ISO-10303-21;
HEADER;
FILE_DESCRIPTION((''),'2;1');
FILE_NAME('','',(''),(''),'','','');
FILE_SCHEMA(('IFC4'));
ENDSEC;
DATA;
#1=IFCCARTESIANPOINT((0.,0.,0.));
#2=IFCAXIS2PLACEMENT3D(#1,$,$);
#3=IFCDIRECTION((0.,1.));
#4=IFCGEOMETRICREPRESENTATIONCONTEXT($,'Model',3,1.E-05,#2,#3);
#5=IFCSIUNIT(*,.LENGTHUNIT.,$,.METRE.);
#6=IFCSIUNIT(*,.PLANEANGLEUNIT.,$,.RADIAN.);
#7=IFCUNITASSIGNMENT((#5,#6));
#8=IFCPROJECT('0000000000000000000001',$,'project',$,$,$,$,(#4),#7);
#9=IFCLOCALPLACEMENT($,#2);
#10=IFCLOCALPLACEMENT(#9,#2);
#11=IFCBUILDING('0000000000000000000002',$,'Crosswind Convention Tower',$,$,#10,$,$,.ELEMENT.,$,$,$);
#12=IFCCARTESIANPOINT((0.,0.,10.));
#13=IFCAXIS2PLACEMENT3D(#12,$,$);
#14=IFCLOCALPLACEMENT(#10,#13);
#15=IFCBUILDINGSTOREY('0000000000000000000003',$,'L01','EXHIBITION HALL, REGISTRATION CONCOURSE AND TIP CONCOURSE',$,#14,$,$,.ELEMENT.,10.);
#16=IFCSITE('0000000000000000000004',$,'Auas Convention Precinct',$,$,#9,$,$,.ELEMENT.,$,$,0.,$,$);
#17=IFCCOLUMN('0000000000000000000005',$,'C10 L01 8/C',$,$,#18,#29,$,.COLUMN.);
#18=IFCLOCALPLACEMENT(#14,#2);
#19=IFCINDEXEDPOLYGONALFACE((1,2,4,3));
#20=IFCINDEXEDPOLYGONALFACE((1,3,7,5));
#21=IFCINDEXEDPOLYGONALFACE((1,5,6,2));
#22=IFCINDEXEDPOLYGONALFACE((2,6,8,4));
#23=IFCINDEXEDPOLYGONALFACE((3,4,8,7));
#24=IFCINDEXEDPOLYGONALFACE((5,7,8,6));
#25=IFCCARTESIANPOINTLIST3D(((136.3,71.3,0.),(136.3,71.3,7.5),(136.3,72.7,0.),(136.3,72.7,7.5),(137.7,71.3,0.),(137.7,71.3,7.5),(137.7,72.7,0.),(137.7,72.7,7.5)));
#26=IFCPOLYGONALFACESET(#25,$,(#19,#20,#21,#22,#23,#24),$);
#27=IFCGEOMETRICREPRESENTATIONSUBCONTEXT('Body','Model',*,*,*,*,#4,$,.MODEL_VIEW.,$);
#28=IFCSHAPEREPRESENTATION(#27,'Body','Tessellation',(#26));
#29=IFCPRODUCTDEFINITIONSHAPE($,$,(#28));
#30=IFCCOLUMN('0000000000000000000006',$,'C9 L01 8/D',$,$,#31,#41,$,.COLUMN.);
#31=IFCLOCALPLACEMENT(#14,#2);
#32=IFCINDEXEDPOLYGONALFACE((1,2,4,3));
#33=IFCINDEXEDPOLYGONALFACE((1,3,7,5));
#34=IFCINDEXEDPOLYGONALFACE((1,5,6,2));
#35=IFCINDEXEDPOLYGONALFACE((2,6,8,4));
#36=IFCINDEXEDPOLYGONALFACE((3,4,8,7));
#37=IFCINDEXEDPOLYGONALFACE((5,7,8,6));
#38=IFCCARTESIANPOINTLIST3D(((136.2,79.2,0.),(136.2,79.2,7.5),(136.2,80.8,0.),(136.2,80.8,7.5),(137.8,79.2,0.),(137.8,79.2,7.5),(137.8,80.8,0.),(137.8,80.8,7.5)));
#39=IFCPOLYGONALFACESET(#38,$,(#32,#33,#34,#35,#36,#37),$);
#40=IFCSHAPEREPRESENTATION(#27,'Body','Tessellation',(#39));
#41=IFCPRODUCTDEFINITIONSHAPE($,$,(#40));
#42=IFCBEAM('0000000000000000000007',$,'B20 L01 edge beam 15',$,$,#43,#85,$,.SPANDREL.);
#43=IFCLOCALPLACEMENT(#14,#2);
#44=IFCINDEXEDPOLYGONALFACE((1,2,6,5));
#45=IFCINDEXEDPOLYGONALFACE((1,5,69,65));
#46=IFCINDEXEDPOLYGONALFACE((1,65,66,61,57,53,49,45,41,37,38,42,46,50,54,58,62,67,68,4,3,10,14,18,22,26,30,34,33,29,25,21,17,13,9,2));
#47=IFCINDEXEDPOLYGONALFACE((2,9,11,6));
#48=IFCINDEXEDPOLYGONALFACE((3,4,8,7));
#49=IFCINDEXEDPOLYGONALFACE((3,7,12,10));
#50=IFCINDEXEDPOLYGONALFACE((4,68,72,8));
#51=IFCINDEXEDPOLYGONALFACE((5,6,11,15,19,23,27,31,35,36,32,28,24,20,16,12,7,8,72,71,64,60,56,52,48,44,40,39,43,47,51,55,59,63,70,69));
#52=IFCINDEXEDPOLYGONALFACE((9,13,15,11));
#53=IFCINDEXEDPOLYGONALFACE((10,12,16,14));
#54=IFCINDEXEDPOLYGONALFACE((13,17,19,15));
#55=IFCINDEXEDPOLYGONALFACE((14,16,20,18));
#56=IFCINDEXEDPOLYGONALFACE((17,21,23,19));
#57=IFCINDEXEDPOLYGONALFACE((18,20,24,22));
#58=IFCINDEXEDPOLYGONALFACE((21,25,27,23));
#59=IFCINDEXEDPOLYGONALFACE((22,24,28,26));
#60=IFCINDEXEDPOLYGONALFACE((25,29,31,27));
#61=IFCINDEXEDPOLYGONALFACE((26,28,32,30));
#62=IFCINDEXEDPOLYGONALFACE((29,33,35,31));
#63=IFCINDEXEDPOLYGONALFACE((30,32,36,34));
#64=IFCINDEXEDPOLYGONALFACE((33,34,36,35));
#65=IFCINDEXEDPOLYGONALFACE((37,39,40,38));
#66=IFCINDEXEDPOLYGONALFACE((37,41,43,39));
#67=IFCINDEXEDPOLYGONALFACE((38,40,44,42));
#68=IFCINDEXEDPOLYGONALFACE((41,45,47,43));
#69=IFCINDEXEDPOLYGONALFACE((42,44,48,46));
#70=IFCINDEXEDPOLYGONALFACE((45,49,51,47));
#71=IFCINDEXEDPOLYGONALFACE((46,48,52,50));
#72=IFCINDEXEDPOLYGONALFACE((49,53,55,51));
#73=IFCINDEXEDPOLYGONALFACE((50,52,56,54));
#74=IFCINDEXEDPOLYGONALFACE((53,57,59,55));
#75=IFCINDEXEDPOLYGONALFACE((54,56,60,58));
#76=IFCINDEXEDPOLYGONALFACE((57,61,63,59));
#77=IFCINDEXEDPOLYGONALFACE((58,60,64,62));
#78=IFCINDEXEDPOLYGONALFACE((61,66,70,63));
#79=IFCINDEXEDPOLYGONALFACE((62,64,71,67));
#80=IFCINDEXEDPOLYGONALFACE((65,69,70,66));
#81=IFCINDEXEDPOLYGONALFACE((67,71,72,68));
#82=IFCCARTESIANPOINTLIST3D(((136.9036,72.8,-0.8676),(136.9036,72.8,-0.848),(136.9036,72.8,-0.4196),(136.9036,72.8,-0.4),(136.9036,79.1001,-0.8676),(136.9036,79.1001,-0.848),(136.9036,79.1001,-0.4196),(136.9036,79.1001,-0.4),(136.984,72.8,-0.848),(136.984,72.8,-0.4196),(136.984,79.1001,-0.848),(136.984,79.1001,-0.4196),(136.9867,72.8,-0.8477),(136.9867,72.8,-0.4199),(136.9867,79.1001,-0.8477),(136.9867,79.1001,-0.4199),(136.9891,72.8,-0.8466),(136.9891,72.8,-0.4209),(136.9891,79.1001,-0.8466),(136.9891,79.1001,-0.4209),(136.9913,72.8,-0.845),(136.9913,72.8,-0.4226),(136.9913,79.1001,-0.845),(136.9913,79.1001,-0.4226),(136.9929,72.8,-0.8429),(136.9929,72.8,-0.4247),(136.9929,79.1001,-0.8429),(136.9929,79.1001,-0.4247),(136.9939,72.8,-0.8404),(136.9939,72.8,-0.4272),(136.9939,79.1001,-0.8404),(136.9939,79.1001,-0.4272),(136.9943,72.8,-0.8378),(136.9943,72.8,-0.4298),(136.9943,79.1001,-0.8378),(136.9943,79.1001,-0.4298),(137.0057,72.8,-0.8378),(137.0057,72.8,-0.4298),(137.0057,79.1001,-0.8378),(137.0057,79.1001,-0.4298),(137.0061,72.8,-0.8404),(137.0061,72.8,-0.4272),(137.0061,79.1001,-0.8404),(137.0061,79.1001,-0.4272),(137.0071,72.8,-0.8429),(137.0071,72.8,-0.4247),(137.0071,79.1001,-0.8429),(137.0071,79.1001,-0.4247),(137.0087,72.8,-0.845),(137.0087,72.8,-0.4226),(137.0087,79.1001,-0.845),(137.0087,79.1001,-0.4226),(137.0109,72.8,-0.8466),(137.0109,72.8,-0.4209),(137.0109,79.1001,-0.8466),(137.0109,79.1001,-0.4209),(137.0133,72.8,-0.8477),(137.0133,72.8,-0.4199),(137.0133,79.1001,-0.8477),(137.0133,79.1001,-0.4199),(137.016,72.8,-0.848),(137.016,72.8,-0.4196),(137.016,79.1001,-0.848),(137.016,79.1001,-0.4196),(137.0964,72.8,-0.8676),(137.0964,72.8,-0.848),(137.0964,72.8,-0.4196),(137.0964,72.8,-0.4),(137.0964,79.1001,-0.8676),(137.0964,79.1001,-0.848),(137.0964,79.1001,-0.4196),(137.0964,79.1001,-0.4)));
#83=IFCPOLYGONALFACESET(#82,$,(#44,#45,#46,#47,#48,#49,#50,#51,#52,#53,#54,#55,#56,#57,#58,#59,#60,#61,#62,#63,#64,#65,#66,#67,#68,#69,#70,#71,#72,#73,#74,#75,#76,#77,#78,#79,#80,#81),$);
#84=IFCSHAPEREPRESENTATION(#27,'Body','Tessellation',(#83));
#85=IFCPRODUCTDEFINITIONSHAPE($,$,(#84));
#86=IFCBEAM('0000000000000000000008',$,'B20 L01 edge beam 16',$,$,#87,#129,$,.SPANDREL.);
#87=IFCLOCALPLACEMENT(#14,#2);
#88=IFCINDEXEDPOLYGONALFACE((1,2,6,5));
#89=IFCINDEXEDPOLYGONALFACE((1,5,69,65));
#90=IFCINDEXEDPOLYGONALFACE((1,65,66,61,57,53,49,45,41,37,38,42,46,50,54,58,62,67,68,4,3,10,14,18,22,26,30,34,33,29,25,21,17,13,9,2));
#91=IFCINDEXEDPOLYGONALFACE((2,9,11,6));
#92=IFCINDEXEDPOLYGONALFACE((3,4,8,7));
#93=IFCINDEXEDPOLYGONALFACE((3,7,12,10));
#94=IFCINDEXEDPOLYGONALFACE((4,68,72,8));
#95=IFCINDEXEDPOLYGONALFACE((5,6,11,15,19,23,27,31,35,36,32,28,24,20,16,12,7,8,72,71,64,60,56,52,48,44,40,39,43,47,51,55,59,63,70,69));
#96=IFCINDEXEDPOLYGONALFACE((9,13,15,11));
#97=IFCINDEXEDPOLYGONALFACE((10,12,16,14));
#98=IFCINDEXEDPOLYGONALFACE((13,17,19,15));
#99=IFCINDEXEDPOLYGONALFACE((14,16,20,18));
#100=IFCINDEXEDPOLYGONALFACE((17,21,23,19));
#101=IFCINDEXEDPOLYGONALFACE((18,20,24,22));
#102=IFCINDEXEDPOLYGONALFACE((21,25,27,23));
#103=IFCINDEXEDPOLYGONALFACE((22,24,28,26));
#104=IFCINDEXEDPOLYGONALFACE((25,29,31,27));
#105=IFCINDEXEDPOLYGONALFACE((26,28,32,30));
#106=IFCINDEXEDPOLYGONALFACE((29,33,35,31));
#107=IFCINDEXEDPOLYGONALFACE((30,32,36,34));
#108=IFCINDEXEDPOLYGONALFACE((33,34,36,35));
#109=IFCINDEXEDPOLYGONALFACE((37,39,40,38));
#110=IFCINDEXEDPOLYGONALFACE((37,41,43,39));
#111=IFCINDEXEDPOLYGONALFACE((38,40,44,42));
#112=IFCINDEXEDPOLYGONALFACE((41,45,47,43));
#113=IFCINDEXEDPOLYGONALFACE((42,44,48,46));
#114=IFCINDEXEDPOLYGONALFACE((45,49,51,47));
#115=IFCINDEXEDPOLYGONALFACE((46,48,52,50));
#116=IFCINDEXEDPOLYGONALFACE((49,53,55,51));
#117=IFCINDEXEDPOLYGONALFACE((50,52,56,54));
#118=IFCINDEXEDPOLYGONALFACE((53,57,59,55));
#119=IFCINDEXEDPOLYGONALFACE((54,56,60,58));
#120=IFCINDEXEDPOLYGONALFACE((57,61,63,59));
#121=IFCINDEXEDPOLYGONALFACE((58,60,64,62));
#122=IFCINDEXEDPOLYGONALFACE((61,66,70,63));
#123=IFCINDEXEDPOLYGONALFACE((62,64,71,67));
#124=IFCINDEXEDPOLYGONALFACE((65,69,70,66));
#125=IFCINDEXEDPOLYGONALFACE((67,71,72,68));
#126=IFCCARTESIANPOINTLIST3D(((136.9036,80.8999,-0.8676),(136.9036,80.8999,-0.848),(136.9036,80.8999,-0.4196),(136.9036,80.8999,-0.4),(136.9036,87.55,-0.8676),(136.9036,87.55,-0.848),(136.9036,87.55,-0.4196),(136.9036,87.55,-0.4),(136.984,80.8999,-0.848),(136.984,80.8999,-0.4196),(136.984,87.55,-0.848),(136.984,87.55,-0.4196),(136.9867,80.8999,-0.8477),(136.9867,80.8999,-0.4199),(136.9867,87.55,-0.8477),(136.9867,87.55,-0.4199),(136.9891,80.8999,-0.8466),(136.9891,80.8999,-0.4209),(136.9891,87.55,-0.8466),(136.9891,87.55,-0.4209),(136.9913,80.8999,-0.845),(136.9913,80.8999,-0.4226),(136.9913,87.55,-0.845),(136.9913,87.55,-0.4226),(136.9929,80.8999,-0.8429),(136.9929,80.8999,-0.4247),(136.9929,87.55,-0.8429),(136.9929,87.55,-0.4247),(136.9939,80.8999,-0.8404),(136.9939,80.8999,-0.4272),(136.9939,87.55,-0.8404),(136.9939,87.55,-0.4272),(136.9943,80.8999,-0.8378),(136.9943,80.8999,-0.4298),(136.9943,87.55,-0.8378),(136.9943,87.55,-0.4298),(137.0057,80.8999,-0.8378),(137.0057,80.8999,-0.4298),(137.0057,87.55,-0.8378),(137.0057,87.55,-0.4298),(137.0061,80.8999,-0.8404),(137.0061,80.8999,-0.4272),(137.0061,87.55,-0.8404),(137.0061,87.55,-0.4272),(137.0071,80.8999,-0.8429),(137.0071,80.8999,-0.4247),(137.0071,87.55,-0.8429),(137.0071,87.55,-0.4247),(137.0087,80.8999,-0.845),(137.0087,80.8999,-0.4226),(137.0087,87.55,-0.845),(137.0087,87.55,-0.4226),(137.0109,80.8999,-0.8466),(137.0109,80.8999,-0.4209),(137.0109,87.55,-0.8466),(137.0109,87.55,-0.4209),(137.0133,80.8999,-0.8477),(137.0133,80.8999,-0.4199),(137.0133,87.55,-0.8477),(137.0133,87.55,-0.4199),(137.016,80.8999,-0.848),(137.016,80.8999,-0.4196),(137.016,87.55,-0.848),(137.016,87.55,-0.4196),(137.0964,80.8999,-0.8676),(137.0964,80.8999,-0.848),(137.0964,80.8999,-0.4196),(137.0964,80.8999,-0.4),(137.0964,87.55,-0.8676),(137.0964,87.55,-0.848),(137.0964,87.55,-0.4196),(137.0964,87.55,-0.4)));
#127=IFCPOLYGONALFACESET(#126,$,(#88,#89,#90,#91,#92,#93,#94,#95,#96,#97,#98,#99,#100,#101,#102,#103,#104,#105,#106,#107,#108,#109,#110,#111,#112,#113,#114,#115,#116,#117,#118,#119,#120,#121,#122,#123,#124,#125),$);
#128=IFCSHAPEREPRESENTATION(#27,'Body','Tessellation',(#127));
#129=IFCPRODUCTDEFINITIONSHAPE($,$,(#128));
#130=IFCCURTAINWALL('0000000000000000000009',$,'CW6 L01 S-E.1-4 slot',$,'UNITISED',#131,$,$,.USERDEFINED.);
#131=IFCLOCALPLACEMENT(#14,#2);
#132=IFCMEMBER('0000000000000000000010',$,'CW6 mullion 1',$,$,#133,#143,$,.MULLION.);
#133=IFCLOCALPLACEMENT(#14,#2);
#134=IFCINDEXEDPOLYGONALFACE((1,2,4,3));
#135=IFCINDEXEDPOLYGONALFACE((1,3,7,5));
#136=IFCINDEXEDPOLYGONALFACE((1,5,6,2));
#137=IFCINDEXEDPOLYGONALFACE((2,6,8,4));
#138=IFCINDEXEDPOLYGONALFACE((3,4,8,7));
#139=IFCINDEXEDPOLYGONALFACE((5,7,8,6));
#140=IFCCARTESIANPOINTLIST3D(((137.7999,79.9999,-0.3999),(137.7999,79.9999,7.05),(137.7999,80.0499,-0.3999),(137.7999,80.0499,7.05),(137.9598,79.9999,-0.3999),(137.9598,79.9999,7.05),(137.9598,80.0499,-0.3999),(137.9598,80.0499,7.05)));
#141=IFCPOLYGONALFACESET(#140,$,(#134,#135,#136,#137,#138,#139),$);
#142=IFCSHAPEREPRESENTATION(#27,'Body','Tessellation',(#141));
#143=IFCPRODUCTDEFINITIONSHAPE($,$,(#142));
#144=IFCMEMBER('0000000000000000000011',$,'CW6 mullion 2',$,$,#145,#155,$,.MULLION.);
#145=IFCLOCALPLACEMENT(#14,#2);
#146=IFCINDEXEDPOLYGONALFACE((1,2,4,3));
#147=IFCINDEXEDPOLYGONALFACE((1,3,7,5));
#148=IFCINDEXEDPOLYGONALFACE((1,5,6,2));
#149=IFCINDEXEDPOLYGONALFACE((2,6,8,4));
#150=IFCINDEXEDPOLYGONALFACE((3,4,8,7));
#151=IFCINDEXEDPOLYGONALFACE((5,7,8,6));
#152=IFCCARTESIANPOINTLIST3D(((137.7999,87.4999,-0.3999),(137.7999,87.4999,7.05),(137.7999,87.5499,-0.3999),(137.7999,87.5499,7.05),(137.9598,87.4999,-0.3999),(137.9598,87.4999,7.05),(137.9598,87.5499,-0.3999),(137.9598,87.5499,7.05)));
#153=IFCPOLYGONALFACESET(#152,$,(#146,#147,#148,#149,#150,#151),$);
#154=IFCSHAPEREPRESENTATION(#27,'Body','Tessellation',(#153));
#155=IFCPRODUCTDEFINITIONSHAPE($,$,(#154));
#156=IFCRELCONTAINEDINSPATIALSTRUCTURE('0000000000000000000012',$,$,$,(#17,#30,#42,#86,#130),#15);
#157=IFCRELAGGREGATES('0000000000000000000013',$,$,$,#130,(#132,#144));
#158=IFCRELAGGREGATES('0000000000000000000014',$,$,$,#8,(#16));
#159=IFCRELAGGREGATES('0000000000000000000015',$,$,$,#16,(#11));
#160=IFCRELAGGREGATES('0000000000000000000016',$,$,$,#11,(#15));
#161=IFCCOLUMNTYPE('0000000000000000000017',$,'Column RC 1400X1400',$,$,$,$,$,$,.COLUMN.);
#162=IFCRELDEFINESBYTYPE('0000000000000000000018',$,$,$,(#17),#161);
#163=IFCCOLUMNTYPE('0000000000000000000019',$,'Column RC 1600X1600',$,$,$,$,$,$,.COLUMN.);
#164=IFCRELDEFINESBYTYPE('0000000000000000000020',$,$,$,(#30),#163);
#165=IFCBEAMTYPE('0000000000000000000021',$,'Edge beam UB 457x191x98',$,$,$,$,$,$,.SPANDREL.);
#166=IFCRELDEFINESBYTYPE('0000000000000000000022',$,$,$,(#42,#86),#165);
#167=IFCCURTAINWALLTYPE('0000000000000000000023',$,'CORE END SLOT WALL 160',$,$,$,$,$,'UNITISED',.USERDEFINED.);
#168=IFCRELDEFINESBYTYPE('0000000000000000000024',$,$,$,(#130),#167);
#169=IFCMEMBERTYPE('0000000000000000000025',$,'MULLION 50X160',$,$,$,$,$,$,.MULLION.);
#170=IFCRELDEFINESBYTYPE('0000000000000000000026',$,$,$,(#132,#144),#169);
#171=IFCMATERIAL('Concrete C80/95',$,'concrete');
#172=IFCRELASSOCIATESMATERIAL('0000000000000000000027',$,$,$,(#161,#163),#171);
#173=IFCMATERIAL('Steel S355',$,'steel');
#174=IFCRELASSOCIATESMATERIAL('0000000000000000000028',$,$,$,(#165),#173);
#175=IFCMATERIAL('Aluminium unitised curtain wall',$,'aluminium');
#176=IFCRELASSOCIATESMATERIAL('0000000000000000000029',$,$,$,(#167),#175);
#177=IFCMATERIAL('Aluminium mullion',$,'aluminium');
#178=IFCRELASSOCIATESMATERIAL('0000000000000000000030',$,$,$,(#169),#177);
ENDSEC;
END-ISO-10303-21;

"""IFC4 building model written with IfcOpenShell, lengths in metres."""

from ifc_helpers import new_model, si_unit, direction, frame, origin, origin_2d, place, context, subcontext, project, spatial, rectangle, i_section, extrude, material, material_profile, profile_set, type_object, element, aggregate, save


model = new_model("IFC4")

# Units and contexts
model_context = context("Model", 3, precision=1e-05, world=origin(), true_north=direction((0.0, 1.0)))
body_context = subcontext(model_context, "Body", "Model", "MODEL_VIEW")
ifc_project = project(units=[si_unit("LENGTHUNIT", "METRE"), si_unit("PLANEANGLEUNIT", "RADIAN")], contexts=[model_context])

# Site, building, storey
site_placement = place(None, origin())
site = spatial("IfcSite", under=ifc_project, at=site_placement, Name="Auas Convention Precinct", CompositionType="ELEMENT", RefElevation=0.0)
building_placement = place(site_placement, origin())
building = spatial("IfcBuilding", under=site, at=building_placement, Name="Crosswind Convention Tower", CompositionType="ELEMENT")
storey_placement = place(building_placement, frame((0.0, 0.0, 10.0)))
storey = spatial("IfcBuildingStorey", under=building, at=storey_placement, Name="L01", Description="EXHIBITION HALL, REGISTRATION CONCOURSE AND TIP CONCOURSE", CompositionType="ELEMENT", Elevation=10.0)

# Columns
ifc_material_1 = material(Name="Concrete C80/95", Category="concrete")
ifc_material_profile_1 = material_profile(ifc_material_1, rectangle(XDim=1.3999, YDim=1.3999, at=origin_2d()), Name="RC 1400X1400")
ifc_profile_set_1 = profile_set([ifc_material_profile_1], Name="Concrete C80/95")
column_type_1 = type_object("IfcColumnType", Name="Column RC 1400X1400", PredefinedType="COLUMN", material=ifc_profile_set_1)
column_1_placement = place(storey_placement, frame((137.0, 72.0, 0.0), z_axis=(0.0, 0.0, 1.0), x_axis=(1.0, 0.0, 0.0)))
element("IfcColumn", 1, at=column_1_placement, inside=storey, type_object=column_type_1, Name="C10 L01 8/C", PredefinedType="COLUMN", context=body_context, shape_type="SweptSolid", body=[
    extrude(rectangle(XDim=1.3999, YDim=1.3999, at=origin_2d()), origin(), (0.0, 0.0, 1.0), 7.5),
])
ifc_material_profile_2 = material_profile(ifc_material_1, rectangle(XDim=1.6001, YDim=1.6001, at=origin_2d()), Name="RC 1600X1600")
ifc_profile_set_2 = profile_set([ifc_material_profile_2], Name="Concrete C80/95")
column_type_2 = type_object("IfcColumnType", Name="Column RC 1600X1600", PredefinedType="COLUMN", material=ifc_profile_set_2)
column_2_placement = place(storey_placement, frame((137.0, 80.0, 0.0), z_axis=(0.0, 0.0, 1.0), x_axis=(1.0, 0.0, 0.0)))
element("IfcColumn", 2, at=column_2_placement, inside=storey, type_object=column_type_2, Name="C9 L01 8/D", PredefinedType="COLUMN", context=body_context, shape_type="SweptSolid", body=[
    extrude(rectangle(XDim=1.6001, YDim=1.6001, at=origin_2d()), origin(), (0.0, 0.0, 1.0), 7.5),
])

# Beams
ifc_material_2 = material(Name="Steel S355", Category="steel")
ifc_material_profile_3 = material_profile(ifc_material_2, i_section(OverallWidth=0.1929, OverallDepth=0.4675, WebThickness=0.0115, FlangeThickness=0.0195, FilletRadius=0.0103, at=origin_2d()), Name="UB 457x191x98")
ifc_profile_set_3 = profile_set([ifc_material_profile_3], Name="Steel S355")
beam_type_1 = type_object("IfcBeamType", Name="Edge beam UB 457x191x98", PredefinedType="SPANDREL", material=ifc_profile_set_3)
beam_1_placement = place(storey_placement, frame((137.0, 72.8, -0.6338), z_axis=(0.0, 1.0, 0.0), x_axis=(-1.0, 0.0, 0.0)))
element("IfcBeam", 3, at=beam_1_placement, inside=storey, type_object=beam_type_1, Name="B20 L01 edge beam 15", PredefinedType="SPANDREL", context=body_context, shape_type="SweptSolid", body=[
    extrude(i_section(OverallWidth=0.1929, OverallDepth=0.4675, WebThickness=0.0115, FlangeThickness=0.0195, FilletRadius=0.0103, at=origin_2d()), origin(), (0.0, 0.0, 1.0), 6.3),
])
beam_2_placement = place(storey_placement, frame((137.0, 80.8999, -0.6338), z_axis=(0.0, 1.0, 0.0), x_axis=(-1.0, 0.0, 0.0)))
element("IfcBeam", 4, at=beam_2_placement, inside=storey, type_object=beam_type_1, Name="B20 L01 edge beam 16", PredefinedType="SPANDREL", context=body_context, shape_type="SweptSolid", body=[
    extrude(i_section(OverallWidth=0.1929, OverallDepth=0.4675, WebThickness=0.0115, FlangeThickness=0.0195, FilletRadius=0.0103, at=origin_2d()), origin(), (0.0, 0.0, 1.0), 6.6501),
])

# Curtain wall, members
ifc_material_3 = material(Name="Aluminium unitised curtain wall", Category="aluminium")
curtain_wall_type = type_object("IfcCurtainWallType", Name="CORE END SLOT WALL 160", ElementType="UNITISED", PredefinedType="USERDEFINED", material=ifc_material_3)
curtain_wall_placement = place(storey_placement, origin())
curtain_wall = element("IfcCurtainWall", 5, at=curtain_wall_placement, inside=storey, type_object=curtain_wall_type, Name="CW6 L01 S-E.1-4 slot", ObjectType="UNITISED", PredefinedType="USERDEFINED")
ifc_material_4 = material(Name="Aluminium mullion", Category="aluminium")
ifc_material_profile_4 = material_profile(ifc_material_4, rectangle(XDim=0.1599, YDim=0.05, at=origin_2d()), Name="AL 160X50")
ifc_profile_set_4 = profile_set([ifc_material_profile_4], Name="Aluminium mullion")
member_type_1 = type_object("IfcMemberType", Name="MULLION 50X160", PredefinedType="MULLION", material=ifc_profile_set_4)
member_1_placement = place(storey_placement, frame((137.8799, 80.0249, -0.3999), z_axis=(0.0, 0.0, 1.0), x_axis=(1.0, 0.0, 0.0)))
member_1 = element("IfcMember", 6, at=member_1_placement, type_object=member_type_1, Name="CW6 mullion 1", PredefinedType="MULLION", context=body_context, shape_type="SweptSolid", body=[
    extrude(rectangle(XDim=0.1599, YDim=0.05, at=origin_2d()), origin(), (0.0, 0.0, 1.0), 7.45),
])
member_2_placement = place(storey_placement, frame((137.8799, 87.5249, -0.3999), z_axis=(0.0, 0.0, 1.0), x_axis=(1.0, 0.0, 0.0)))
member_2 = element("IfcMember", 7, at=member_2_placement, type_object=member_type_1, Name="CW6 mullion 2", PredefinedType="MULLION", context=body_context, shape_type="SweptSolid", body=[
    extrude(rectangle(XDim=0.1599, YDim=0.05, at=origin_2d()), origin(), (0.0, 0.0, 1.0), 7.45),
])

aggregate(curtain_wall, [member_1, member_2])

save(model, "model.ifc")
